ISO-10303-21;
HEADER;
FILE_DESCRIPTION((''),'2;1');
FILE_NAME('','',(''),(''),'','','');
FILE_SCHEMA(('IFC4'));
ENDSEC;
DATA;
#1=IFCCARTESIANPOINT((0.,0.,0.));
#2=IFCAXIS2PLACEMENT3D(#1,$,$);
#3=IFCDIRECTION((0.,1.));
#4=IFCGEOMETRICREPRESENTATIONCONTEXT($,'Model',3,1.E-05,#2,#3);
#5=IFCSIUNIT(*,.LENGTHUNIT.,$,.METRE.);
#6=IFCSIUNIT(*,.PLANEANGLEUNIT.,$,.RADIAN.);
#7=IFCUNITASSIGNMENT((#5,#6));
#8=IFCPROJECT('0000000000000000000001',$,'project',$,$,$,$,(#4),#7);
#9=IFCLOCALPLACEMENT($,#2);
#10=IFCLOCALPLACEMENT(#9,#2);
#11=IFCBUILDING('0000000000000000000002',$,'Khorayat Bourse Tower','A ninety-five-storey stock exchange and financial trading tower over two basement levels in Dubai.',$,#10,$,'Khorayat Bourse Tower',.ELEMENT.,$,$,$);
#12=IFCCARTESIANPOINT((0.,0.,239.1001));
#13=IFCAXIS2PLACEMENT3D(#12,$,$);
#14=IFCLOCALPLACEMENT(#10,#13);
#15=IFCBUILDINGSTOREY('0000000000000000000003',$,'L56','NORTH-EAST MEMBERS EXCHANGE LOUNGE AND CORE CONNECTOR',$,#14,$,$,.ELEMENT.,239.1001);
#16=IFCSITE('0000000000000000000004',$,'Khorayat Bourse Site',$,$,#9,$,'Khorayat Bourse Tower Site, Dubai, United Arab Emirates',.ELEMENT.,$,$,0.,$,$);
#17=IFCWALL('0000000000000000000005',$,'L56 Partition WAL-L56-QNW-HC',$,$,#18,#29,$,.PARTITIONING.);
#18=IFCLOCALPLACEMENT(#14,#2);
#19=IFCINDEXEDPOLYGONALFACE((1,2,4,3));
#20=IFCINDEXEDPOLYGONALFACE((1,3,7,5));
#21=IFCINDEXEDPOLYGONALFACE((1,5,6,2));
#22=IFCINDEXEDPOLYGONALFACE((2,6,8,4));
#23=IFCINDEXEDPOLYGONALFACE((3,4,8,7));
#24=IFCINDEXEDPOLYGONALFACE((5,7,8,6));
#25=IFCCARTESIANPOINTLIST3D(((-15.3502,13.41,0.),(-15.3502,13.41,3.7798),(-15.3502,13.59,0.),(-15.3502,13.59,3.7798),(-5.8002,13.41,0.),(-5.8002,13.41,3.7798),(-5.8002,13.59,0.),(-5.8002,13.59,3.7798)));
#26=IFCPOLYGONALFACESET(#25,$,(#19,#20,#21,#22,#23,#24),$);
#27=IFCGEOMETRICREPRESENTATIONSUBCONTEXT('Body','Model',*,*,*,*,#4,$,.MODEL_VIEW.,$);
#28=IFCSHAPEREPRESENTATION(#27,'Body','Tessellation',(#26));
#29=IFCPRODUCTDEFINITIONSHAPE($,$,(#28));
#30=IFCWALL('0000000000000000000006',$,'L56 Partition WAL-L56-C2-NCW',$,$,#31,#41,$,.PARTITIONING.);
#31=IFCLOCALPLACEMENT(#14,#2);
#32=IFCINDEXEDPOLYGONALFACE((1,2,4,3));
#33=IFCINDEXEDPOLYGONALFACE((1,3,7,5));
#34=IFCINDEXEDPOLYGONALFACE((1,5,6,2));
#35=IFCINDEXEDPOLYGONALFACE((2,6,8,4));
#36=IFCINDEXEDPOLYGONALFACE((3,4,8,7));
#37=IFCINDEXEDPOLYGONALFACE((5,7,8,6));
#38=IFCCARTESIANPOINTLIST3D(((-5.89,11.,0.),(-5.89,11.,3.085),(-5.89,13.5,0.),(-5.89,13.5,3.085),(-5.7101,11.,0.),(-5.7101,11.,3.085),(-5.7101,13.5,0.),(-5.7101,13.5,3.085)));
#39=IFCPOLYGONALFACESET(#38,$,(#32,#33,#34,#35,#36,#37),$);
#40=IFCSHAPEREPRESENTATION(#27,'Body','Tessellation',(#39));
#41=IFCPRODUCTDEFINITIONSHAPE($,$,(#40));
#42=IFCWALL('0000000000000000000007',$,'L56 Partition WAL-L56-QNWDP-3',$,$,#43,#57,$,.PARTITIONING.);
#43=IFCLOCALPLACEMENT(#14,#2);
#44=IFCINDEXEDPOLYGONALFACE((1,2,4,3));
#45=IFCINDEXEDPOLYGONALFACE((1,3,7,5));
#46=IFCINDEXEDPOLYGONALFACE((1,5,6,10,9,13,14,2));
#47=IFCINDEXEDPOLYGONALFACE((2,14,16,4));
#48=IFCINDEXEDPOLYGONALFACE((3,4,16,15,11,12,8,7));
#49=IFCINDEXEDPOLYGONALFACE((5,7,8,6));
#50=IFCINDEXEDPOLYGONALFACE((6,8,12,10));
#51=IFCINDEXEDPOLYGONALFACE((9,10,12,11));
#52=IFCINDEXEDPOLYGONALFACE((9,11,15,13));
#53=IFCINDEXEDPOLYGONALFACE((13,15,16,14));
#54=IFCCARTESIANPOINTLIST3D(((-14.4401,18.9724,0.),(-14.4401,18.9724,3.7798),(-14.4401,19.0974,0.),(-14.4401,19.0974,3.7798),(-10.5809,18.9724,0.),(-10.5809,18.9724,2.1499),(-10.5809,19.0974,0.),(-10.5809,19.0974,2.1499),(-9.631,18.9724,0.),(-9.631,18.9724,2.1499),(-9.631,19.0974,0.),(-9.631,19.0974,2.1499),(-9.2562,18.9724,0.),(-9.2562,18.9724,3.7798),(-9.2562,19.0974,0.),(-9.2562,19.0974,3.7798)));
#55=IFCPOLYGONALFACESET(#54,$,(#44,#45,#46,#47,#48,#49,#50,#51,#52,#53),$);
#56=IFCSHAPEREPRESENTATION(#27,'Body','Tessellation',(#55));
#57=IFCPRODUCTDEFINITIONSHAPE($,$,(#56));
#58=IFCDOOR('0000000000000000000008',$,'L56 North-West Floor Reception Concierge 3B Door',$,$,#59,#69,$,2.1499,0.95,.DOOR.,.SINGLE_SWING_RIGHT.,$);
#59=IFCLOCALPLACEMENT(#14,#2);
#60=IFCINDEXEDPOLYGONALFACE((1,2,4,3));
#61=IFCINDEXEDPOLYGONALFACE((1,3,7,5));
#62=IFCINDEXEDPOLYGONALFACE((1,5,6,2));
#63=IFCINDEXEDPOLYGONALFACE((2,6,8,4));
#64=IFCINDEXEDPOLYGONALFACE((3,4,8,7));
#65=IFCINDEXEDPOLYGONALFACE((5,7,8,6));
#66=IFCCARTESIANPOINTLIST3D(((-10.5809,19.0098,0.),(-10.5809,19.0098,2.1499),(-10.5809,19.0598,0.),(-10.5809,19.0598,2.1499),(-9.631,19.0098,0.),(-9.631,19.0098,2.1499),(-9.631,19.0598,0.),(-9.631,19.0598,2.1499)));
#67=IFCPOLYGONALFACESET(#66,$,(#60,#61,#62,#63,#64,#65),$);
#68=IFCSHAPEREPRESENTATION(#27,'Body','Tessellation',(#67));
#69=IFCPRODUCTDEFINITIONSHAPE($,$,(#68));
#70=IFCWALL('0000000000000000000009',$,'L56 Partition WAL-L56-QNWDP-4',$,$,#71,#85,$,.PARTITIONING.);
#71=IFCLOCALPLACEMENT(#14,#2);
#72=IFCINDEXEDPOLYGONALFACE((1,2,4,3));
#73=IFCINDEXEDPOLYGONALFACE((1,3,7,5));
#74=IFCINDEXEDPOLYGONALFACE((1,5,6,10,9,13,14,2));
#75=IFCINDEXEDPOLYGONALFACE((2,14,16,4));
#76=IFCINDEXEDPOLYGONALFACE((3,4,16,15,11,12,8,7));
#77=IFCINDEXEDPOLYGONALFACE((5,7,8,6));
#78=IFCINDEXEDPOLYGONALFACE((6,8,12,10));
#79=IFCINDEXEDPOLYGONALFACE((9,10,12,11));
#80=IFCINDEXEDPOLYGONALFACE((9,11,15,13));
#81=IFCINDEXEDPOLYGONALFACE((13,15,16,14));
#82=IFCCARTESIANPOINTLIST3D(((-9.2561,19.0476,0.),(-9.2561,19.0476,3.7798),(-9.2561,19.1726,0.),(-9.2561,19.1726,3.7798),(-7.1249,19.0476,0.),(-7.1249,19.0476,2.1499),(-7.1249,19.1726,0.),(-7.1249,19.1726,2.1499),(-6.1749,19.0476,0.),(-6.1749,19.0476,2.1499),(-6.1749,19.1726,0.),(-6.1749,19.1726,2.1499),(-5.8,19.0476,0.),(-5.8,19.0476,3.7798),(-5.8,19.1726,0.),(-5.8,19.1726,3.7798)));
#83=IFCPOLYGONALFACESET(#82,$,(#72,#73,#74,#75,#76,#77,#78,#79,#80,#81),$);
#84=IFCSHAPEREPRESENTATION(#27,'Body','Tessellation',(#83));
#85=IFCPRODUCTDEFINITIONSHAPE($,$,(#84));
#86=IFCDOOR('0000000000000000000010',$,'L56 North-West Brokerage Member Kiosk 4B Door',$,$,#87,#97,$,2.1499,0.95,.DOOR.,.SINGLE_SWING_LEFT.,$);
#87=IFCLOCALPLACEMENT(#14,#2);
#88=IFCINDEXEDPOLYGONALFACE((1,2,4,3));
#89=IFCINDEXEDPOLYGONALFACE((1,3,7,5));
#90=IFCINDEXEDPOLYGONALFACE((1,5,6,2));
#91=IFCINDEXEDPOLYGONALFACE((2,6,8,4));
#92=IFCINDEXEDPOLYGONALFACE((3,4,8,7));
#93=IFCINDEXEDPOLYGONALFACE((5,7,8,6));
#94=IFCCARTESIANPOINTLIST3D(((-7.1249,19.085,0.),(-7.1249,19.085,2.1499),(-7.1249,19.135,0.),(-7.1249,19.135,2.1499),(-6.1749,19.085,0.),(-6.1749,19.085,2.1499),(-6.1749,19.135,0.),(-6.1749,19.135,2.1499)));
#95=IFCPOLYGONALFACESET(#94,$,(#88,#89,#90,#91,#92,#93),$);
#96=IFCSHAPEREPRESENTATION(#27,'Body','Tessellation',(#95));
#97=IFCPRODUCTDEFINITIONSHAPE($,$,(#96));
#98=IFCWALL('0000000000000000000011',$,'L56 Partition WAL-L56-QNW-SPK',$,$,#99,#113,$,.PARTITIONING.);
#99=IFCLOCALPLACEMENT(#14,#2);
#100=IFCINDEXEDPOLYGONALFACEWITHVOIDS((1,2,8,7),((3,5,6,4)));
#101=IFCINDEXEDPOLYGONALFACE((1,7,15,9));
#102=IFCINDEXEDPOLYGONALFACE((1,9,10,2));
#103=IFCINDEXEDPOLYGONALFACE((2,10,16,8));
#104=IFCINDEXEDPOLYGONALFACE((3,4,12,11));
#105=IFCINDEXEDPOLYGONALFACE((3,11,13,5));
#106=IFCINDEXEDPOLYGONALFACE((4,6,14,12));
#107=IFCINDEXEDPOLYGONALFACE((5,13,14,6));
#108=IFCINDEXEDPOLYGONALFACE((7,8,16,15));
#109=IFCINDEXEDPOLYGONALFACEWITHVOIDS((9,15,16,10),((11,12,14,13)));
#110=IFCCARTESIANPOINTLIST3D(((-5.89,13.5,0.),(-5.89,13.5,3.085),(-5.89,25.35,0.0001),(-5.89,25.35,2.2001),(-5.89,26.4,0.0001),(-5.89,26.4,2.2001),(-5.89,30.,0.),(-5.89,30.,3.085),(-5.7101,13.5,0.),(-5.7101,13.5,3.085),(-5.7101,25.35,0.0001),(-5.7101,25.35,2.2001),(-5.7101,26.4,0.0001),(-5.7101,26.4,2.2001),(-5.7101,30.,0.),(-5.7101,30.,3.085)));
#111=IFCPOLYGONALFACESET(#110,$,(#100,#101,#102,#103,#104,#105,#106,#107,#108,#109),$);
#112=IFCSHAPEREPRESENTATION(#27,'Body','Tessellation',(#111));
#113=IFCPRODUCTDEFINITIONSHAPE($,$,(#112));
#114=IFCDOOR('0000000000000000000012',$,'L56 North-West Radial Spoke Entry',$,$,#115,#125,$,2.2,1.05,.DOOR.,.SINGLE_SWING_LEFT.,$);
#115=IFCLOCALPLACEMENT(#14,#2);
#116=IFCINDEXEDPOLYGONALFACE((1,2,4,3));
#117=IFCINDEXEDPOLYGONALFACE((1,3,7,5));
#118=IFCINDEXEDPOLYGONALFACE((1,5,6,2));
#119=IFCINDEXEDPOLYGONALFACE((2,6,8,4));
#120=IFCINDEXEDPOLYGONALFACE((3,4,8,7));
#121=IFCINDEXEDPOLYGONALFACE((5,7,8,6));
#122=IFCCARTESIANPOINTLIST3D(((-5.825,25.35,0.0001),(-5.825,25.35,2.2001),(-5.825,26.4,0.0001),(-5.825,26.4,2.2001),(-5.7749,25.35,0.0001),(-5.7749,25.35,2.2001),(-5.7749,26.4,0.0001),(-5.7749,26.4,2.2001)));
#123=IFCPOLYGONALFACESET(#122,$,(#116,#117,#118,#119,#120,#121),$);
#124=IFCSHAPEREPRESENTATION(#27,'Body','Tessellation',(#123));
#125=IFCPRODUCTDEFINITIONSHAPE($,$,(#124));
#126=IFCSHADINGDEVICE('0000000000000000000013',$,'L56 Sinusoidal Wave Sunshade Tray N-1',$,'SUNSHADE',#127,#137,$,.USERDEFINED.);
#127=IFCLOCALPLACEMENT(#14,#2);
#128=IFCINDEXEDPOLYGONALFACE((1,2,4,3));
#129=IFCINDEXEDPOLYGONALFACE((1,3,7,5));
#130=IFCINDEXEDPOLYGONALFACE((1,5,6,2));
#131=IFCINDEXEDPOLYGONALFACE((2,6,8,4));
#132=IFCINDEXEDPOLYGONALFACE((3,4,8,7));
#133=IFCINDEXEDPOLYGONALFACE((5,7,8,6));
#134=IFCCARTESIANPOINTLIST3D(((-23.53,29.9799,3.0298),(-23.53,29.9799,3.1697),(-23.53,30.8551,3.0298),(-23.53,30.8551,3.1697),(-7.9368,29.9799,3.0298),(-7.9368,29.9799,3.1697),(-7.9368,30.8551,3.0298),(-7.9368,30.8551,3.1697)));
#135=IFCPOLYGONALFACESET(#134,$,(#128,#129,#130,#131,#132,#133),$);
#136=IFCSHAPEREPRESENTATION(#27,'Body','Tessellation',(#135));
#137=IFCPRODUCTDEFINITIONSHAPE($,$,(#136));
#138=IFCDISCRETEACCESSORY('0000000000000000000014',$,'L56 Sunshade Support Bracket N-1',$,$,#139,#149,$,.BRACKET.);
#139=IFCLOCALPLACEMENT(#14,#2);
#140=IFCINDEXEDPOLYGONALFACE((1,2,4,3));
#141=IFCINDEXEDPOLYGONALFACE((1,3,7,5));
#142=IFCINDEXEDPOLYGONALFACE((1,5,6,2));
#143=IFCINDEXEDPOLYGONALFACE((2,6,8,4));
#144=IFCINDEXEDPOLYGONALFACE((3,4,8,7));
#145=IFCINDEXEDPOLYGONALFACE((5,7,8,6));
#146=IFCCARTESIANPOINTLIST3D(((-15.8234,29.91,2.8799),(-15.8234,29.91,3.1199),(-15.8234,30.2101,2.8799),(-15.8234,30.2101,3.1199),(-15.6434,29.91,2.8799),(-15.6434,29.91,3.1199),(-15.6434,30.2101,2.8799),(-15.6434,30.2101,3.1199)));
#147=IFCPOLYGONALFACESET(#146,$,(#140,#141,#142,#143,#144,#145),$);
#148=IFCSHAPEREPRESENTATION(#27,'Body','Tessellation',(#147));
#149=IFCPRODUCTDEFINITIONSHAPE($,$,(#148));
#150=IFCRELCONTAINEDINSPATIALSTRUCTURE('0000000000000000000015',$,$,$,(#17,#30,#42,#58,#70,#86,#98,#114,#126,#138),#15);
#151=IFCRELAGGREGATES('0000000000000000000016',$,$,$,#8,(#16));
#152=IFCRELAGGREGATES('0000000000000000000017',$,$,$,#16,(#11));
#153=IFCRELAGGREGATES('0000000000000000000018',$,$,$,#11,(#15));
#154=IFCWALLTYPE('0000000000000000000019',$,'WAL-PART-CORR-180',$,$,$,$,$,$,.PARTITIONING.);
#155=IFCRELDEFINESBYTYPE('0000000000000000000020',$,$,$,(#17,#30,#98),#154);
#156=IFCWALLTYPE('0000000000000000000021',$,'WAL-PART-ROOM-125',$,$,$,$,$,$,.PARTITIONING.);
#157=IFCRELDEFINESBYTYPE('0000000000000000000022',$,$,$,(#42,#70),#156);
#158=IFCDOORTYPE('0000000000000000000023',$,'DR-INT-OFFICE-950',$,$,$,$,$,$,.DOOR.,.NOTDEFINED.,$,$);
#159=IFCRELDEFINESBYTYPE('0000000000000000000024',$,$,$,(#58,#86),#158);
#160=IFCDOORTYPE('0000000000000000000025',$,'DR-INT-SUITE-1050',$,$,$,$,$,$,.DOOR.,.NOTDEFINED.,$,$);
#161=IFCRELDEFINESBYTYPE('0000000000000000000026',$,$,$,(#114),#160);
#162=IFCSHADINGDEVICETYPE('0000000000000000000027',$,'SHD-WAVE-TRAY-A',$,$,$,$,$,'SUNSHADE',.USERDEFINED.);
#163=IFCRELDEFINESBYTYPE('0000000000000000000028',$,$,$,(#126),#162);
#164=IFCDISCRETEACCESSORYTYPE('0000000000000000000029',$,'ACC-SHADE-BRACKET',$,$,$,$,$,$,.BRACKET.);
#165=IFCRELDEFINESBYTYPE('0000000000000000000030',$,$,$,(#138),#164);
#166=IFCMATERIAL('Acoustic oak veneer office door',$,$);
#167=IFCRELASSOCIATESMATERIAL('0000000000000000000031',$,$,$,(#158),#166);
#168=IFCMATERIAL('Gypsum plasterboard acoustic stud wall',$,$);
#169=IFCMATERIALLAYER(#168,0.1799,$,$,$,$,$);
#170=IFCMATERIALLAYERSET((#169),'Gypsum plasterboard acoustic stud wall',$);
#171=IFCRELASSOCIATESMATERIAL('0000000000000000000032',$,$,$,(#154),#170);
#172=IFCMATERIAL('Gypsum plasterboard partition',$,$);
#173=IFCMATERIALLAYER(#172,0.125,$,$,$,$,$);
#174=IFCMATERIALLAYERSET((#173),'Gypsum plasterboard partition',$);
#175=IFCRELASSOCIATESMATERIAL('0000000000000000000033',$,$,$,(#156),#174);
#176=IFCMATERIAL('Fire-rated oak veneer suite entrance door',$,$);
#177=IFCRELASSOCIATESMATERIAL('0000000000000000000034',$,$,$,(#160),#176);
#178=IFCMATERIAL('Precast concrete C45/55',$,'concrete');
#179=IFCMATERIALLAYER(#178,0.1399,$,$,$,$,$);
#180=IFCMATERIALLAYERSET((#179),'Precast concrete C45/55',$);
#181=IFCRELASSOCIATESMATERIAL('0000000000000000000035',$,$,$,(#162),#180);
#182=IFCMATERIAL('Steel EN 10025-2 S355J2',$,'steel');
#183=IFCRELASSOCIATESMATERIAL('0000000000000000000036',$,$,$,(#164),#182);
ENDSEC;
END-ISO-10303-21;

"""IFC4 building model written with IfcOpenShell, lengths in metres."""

from ifc_helpers import new_model, si_unit, direction, frame, frame_2d, origin, origin_2d, place, context, subcontext, project, spatial, rectangle, extrude, source, transform, mapped, material, layer, layer_set, type_object, element, fill, save


model = new_model("IFC4")

# Units and contexts
model_context = context("Model", 3, precision=1e-05, world=origin(), true_north=direction((0.0, 1.0)))
body_context = subcontext(model_context, "Body", "Model", "MODEL_VIEW")
ifc_project = project(units=[si_unit("LENGTHUNIT", "METRE"), si_unit("PLANEANGLEUNIT", "RADIAN")], contexts=[model_context])

# Site, building, storey
site_placement = place(None, origin())
site = spatial("IfcSite", under=ifc_project, at=site_placement, Name="Khorayat Bourse Site", LongName="Khorayat Bourse Tower Site, Dubai, United Arab Emirates", CompositionType="ELEMENT", RefElevation=0.0)
building_placement = place(site_placement, origin())
building = spatial("IfcBuilding", under=site, at=building_placement, Name="Khorayat Bourse Tower", Description="A ninety-five-storey stock exchange and financial trading tower over two basement levels in Dubai.", LongName="Khorayat Bourse Tower", CompositionType="ELEMENT")
storey_placement = place(building_placement, frame((0.0, 0.0, 239.1001)))
storey = spatial("IfcBuildingStorey", under=building, at=storey_placement, Name="L56", Description="NORTH-EAST MEMBERS EXCHANGE LOUNGE AND CORE CONNECTOR", CompositionType="ELEMENT", Elevation=239.1001)

# Shared definitions
ifc_material_1 = material(Name="Steel EN 10025-2 S355J2", Category="steel")

# Shared definitions
ifc_material_2 = material(Name="Acoustic oak veneer office door")
door_type_1 = type_object("IfcDoorType", Name="DR-INT-OFFICE-950", OperationType="NOTDEFINED", PredefinedType="DOOR", material=ifc_material_2)
shared_shape_1 = source(origin(), body_context, "Body", "SweptSolid", [
    extrude(rectangle(XDim=0.95, YDim=2.1499, at=frame_2d((0.4751, 1.075))), frame((0.0, 0.0249, 0.0), z_axis=(0.0, -1.0, 0.0), x_axis=(1.0, 0.0, 0.0)), (0.0, 0.0, 1.0), 0.05),
])

# Walls
ifc_material_3 = material(Name="Gypsum plasterboard acoustic stud wall")
ifc_layer_1 = layer(ifc_material_3, 0.1799)
ifc_layer_set_1 = layer_set([ifc_layer_1], Name="Gypsum plasterboard acoustic stud wall")
wall_type_1 = type_object("IfcWallType", Name="WAL-PART-CORR-180", PredefinedType="PARTITIONING", material=ifc_layer_set_1)
shared_shape_2 = source(origin(), body_context, "Body", "SweptSolid", [
    extrude(rectangle(XDim=9.55, YDim=0.1799, at=frame_2d((4.7749, 0.0))), origin(), (0.0, 0.0, 1.0), 3.7798),
])
wall_1_placement = place(storey_placement, frame((-15.3501, 13.5, 0.0), z_axis=(0.0, 0.0, 1.0), x_axis=(1.0, 0.0, 0.0)))
element("IfcWall", 1, at=wall_1_placement, inside=storey, type_object=wall_type_1, Name="L56 Partition WAL-L56-QNW-HC", PredefinedType="PARTITIONING", context=body_context, shape_type="MappedRepresentation", body=[
    mapped(shared_shape_2, transform((0.0, 0.0, 0.0), scale=1.0)),
])
shared_shape_3 = source(origin(), body_context, "Body", "SweptSolid", [
    extrude(rectangle(XDim=2.5, YDim=0.1799, at=frame_2d((1.25, 0.0))), origin(), (0.0, 0.0, 1.0), 3.085),
])
wall_2_placement = place(storey_placement, frame((-5.8, 11.0, 0.0), z_axis=(0.0, 0.0, 1.0), x_axis=(0.0, 1.0, 0.0)))
element("IfcWall", 2, at=wall_2_placement, inside=storey, type_object=wall_type_1, Name="L56 Partition WAL-L56-C2-NCW", PredefinedType="PARTITIONING", context=body_context, shape_type="MappedRepresentation", body=[
    mapped(shared_shape_3, transform((0.0, 0.0, 0.0), scale=1.0)),
])

# Walls, openings, doors
ifc_material_4 = material(Name="Gypsum plasterboard partition")
ifc_layer_2 = layer(ifc_material_4, 0.125)
ifc_layer_set_2 = layer_set([ifc_layer_2], Name="Gypsum plasterboard partition")
wall_type_2 = type_object("IfcWallType", Name="WAL-PART-ROOM-125", PredefinedType="PARTITIONING", material=ifc_layer_set_2)
shared_shape_4 = source(origin(), body_context, "Body", "SweptSolid", [
    extrude(rectangle(XDim=5.1838, YDim=0.125, at=frame_2d((2.5918, 0.0))), origin(), (0.0, 0.0, 1.0), 3.7798),
])
wall_3_placement = place(storey_placement, frame((-14.4399, 19.0349, 0.0), z_axis=(0.0, 0.0, 1.0), x_axis=(1.0, 0.0, 0.0)))
wall_3 = element("IfcWall", 3, at=wall_3_placement, inside=storey, type_object=wall_type_2, Name="L56 Partition WAL-L56-QNWDP-3", PredefinedType="PARTITIONING", context=body_context, shape_type="MappedRepresentation", body=[
    mapped(shared_shape_4, transform((0.0, 0.0, 0.0), scale=1.0)),
])
shared_shape_5 = source(origin(), body_context, "Body", "SweptSolid", [
    extrude(rectangle(XDim=0.95, YDim=2.1499, at=frame_2d((0.4751, 1.075))), frame((0.0, 0.0725, 0.0), z_axis=(0.0, -1.0, 0.0), x_axis=(1.0, 0.0, 0.0)), (0.0, 0.0, 1.0), 0.145),
])
opening_1_placement = place(wall_3_placement, frame((3.8589, 0.0, 0.0)))
opening_1 = element("IfcOpeningElement", 4, at=opening_1_placement, cuts=wall_3, PredefinedType="OPENING", context=body_context, shape_type="MappedRepresentation", body=[
    mapped(shared_shape_5, transform((0.0, 0.0, 0.0), scale=1.0)),
])
door_1_placement = place(opening_1_placement, origin())
door_1 = element("IfcDoor", 5, at=door_1_placement, inside=storey, type_object=door_type_1, Name="L56 North-West Floor Reception Concierge 3B Door", OperationType="SINGLE_SWING_RIGHT", OverallHeight=2.1499, OverallWidth=0.95, PredefinedType="DOOR", context=body_context, shape_type="MappedRepresentation", body=[
    mapped(shared_shape_1, transform((0.0, 0.0, 0.0), scale=1.0)),
])
fill(opening_1, door_1)
shared_shape_6 = source(origin(), body_context, "Body", "SweptSolid", [
    extrude(rectangle(XDim=3.4561, YDim=0.125, at=frame_2d((1.728, 0.0))), origin(), (0.0, 0.0, 1.0), 3.7798),
])
wall_4_placement = place(storey_placement, frame((-9.2561, 19.1101, 0.0), z_axis=(0.0, 0.0, 1.0), x_axis=(1.0, 0.0, 0.0)))
wall_4 = element("IfcWall", 6, at=wall_4_placement, inside=storey, type_object=wall_type_2, Name="L56 Partition WAL-L56-QNWDP-4", PredefinedType="PARTITIONING", context=body_context, shape_type="MappedRepresentation", body=[
    mapped(shared_shape_6, transform((0.0, 0.0, 0.0), scale=1.0)),
])
opening_2_placement = place(wall_4_placement, frame((2.1311, 0.0, 0.0)))
opening_2 = element("IfcOpeningElement", 7, at=opening_2_placement, cuts=wall_4, PredefinedType="OPENING", context=body_context, shape_type="MappedRepresentation", body=[
    mapped(shared_shape_5, transform((0.0, 0.0, 0.0), scale=1.0)),
])
door_2_placement = place(opening_2_placement, origin())
door_2 = element("IfcDoor", 8, at=door_2_placement, inside=storey, type_object=door_type_1, Name="L56 North-West Brokerage Member Kiosk 4B Door", OperationType="SINGLE_SWING_LEFT", OverallHeight=2.1499, OverallWidth=0.95, PredefinedType="DOOR", context=body_context, shape_type="MappedRepresentation", body=[
    mapped(shared_shape_1, transform((0.0, 0.0, 0.0), scale=1.0)),
])
fill(opening_2, door_2)
shared_shape_7 = source(origin(), body_context, "Body", "SweptSolid", [
    extrude(rectangle(XDim=16.5, YDim=0.1799, at=frame_2d((8.25, 0.0))), origin(), (0.0, 0.0, 1.0), 3.085),
])
wall_5_placement = place(storey_placement, frame((-5.8, 13.5, 0.0), z_axis=(0.0, 0.0, 1.0), x_axis=(0.0, 1.0, 0.0)))
wall_5 = element("IfcWall", 9, at=wall_5_placement, inside=storey, type_object=wall_type_1, Name="L56 Partition WAL-L56-QNW-SPK", PredefinedType="PARTITIONING", context=body_context, shape_type="MappedRepresentation", body=[
    mapped(shared_shape_7, transform((0.0, 0.0, 0.0), scale=1.0)),
])
shared_shape_8 = source(origin(), body_context, "Body", "SweptSolid", [
    extrude(rectangle(XDim=1.05, YDim=2.2, at=frame_2d((0.5249, 1.1001))), frame((0.0, 0.0999, 0.0), z_axis=(0.0, -1.0, 0.0), x_axis=(1.0, 0.0, 0.0)), (0.0, 0.0, 1.0), 0.2),
])
opening_3_placement = place(wall_5_placement, frame((11.8501, 0.0, 0.0)))
opening_3 = element("IfcOpeningElement", 10, at=opening_3_placement, cuts=wall_5, PredefinedType="OPENING", context=body_context, shape_type="MappedRepresentation", body=[
    mapped(shared_shape_8, transform((0.0, 0.0, 0.0), scale=1.0)),
])
ifc_material_5 = material(Name="Fire-rated oak veneer suite entrance door")
door_type_2 = type_object("IfcDoorType", Name="DR-INT-SUITE-1050", OperationType="NOTDEFINED", PredefinedType="DOOR", material=ifc_material_5)
shared_shape_9 = source(origin(), body_context, "Body", "SweptSolid", [
    extrude(rectangle(XDim=1.05, YDim=2.2, at=frame_2d((0.5249, 1.1001))), frame((0.0, 0.0249, 0.0), z_axis=(0.0, -1.0, 0.0), x_axis=(1.0, 0.0, 0.0)), (0.0, 0.0, 1.0), 0.05),
])
door_3_placement = place(opening_3_placement, origin())
door_3 = element("IfcDoor", 11, at=door_3_placement, inside=storey, type_object=door_type_2, Name="L56 North-West Radial Spoke Entry", OperationType="SINGLE_SWING_LEFT", OverallHeight=2.2, OverallWidth=1.05, PredefinedType="DOOR", context=body_context, shape_type="MappedRepresentation", body=[
    mapped(shared_shape_9, transform((0.0, 0.0, 0.0), scale=1.0)),
])
fill(opening_3, door_3)

# Shading device
ifc_material_6 = material(Name="Precast concrete C45/55", Category="concrete")
ifc_layer_3 = layer(ifc_material_6, 0.1399)
ifc_layer_set_3 = layer_set([ifc_layer_3], Name="Precast concrete C45/55")
shading_device_type = type_object("IfcShadingDeviceType", Name="SHD-WAVE-TRAY-A", ElementType="SUNSHADE", PredefinedType="USERDEFINED", material=ifc_layer_set_3)
shared_shape_10 = source(origin(), body_context, "Body", "SweptSolid", [
    extrude(rectangle(XDim=15.5933, YDim=0.8752, at=origin_2d()), origin(), (0.0, 0.0, 1.0), 0.1399),
])
shading_device_placement = place(storey_placement, frame((-15.7334, 30.4175, 3.0298), z_axis=(0.0, 0.0, 1.0), x_axis=(1.0, 0.0, 0.0)))
element("IfcShadingDevice", 12, at=shading_device_placement, inside=storey, type_object=shading_device_type, Name="L56 Sinusoidal Wave Sunshade Tray N-1", ObjectType="SUNSHADE", PredefinedType="USERDEFINED", context=body_context, shape_type="MappedRepresentation", body=[
    mapped(shared_shape_10, transform((0.0, 0.0, 0.0), scale=1.0)),
])

# Discrete accessory
discrete_accessory_type = type_object("IfcDiscreteAccessoryType", Name="ACC-SHADE-BRACKET", PredefinedType="BRACKET", material=ifc_material_1)
shared_shape_11 = source(origin(), body_context, "Body", "SweptSolid", [
    extrude(rectangle(XDim=0.1799, YDim=0.3, at=origin_2d()), origin(), (0.0, 0.0, 1.0), 0.24),
])
discrete_accessory_placement = place(storey_placement, frame((-15.7334, 30.0601, 2.8799), z_axis=(0.0, 0.0, 1.0), x_axis=(1.0, 0.0, 0.0)))
element("IfcDiscreteAccessory", 13, at=discrete_accessory_placement, inside=storey, type_object=discrete_accessory_type, Name="L56 Sunshade Support Bracket N-1", PredefinedType="BRACKET", context=body_context, shape_type="MappedRepresentation", body=[
    mapped(shared_shape_11, transform((0.0, 0.0, 0.0), scale=1.0)),
])

save(model, "model.ifc")
